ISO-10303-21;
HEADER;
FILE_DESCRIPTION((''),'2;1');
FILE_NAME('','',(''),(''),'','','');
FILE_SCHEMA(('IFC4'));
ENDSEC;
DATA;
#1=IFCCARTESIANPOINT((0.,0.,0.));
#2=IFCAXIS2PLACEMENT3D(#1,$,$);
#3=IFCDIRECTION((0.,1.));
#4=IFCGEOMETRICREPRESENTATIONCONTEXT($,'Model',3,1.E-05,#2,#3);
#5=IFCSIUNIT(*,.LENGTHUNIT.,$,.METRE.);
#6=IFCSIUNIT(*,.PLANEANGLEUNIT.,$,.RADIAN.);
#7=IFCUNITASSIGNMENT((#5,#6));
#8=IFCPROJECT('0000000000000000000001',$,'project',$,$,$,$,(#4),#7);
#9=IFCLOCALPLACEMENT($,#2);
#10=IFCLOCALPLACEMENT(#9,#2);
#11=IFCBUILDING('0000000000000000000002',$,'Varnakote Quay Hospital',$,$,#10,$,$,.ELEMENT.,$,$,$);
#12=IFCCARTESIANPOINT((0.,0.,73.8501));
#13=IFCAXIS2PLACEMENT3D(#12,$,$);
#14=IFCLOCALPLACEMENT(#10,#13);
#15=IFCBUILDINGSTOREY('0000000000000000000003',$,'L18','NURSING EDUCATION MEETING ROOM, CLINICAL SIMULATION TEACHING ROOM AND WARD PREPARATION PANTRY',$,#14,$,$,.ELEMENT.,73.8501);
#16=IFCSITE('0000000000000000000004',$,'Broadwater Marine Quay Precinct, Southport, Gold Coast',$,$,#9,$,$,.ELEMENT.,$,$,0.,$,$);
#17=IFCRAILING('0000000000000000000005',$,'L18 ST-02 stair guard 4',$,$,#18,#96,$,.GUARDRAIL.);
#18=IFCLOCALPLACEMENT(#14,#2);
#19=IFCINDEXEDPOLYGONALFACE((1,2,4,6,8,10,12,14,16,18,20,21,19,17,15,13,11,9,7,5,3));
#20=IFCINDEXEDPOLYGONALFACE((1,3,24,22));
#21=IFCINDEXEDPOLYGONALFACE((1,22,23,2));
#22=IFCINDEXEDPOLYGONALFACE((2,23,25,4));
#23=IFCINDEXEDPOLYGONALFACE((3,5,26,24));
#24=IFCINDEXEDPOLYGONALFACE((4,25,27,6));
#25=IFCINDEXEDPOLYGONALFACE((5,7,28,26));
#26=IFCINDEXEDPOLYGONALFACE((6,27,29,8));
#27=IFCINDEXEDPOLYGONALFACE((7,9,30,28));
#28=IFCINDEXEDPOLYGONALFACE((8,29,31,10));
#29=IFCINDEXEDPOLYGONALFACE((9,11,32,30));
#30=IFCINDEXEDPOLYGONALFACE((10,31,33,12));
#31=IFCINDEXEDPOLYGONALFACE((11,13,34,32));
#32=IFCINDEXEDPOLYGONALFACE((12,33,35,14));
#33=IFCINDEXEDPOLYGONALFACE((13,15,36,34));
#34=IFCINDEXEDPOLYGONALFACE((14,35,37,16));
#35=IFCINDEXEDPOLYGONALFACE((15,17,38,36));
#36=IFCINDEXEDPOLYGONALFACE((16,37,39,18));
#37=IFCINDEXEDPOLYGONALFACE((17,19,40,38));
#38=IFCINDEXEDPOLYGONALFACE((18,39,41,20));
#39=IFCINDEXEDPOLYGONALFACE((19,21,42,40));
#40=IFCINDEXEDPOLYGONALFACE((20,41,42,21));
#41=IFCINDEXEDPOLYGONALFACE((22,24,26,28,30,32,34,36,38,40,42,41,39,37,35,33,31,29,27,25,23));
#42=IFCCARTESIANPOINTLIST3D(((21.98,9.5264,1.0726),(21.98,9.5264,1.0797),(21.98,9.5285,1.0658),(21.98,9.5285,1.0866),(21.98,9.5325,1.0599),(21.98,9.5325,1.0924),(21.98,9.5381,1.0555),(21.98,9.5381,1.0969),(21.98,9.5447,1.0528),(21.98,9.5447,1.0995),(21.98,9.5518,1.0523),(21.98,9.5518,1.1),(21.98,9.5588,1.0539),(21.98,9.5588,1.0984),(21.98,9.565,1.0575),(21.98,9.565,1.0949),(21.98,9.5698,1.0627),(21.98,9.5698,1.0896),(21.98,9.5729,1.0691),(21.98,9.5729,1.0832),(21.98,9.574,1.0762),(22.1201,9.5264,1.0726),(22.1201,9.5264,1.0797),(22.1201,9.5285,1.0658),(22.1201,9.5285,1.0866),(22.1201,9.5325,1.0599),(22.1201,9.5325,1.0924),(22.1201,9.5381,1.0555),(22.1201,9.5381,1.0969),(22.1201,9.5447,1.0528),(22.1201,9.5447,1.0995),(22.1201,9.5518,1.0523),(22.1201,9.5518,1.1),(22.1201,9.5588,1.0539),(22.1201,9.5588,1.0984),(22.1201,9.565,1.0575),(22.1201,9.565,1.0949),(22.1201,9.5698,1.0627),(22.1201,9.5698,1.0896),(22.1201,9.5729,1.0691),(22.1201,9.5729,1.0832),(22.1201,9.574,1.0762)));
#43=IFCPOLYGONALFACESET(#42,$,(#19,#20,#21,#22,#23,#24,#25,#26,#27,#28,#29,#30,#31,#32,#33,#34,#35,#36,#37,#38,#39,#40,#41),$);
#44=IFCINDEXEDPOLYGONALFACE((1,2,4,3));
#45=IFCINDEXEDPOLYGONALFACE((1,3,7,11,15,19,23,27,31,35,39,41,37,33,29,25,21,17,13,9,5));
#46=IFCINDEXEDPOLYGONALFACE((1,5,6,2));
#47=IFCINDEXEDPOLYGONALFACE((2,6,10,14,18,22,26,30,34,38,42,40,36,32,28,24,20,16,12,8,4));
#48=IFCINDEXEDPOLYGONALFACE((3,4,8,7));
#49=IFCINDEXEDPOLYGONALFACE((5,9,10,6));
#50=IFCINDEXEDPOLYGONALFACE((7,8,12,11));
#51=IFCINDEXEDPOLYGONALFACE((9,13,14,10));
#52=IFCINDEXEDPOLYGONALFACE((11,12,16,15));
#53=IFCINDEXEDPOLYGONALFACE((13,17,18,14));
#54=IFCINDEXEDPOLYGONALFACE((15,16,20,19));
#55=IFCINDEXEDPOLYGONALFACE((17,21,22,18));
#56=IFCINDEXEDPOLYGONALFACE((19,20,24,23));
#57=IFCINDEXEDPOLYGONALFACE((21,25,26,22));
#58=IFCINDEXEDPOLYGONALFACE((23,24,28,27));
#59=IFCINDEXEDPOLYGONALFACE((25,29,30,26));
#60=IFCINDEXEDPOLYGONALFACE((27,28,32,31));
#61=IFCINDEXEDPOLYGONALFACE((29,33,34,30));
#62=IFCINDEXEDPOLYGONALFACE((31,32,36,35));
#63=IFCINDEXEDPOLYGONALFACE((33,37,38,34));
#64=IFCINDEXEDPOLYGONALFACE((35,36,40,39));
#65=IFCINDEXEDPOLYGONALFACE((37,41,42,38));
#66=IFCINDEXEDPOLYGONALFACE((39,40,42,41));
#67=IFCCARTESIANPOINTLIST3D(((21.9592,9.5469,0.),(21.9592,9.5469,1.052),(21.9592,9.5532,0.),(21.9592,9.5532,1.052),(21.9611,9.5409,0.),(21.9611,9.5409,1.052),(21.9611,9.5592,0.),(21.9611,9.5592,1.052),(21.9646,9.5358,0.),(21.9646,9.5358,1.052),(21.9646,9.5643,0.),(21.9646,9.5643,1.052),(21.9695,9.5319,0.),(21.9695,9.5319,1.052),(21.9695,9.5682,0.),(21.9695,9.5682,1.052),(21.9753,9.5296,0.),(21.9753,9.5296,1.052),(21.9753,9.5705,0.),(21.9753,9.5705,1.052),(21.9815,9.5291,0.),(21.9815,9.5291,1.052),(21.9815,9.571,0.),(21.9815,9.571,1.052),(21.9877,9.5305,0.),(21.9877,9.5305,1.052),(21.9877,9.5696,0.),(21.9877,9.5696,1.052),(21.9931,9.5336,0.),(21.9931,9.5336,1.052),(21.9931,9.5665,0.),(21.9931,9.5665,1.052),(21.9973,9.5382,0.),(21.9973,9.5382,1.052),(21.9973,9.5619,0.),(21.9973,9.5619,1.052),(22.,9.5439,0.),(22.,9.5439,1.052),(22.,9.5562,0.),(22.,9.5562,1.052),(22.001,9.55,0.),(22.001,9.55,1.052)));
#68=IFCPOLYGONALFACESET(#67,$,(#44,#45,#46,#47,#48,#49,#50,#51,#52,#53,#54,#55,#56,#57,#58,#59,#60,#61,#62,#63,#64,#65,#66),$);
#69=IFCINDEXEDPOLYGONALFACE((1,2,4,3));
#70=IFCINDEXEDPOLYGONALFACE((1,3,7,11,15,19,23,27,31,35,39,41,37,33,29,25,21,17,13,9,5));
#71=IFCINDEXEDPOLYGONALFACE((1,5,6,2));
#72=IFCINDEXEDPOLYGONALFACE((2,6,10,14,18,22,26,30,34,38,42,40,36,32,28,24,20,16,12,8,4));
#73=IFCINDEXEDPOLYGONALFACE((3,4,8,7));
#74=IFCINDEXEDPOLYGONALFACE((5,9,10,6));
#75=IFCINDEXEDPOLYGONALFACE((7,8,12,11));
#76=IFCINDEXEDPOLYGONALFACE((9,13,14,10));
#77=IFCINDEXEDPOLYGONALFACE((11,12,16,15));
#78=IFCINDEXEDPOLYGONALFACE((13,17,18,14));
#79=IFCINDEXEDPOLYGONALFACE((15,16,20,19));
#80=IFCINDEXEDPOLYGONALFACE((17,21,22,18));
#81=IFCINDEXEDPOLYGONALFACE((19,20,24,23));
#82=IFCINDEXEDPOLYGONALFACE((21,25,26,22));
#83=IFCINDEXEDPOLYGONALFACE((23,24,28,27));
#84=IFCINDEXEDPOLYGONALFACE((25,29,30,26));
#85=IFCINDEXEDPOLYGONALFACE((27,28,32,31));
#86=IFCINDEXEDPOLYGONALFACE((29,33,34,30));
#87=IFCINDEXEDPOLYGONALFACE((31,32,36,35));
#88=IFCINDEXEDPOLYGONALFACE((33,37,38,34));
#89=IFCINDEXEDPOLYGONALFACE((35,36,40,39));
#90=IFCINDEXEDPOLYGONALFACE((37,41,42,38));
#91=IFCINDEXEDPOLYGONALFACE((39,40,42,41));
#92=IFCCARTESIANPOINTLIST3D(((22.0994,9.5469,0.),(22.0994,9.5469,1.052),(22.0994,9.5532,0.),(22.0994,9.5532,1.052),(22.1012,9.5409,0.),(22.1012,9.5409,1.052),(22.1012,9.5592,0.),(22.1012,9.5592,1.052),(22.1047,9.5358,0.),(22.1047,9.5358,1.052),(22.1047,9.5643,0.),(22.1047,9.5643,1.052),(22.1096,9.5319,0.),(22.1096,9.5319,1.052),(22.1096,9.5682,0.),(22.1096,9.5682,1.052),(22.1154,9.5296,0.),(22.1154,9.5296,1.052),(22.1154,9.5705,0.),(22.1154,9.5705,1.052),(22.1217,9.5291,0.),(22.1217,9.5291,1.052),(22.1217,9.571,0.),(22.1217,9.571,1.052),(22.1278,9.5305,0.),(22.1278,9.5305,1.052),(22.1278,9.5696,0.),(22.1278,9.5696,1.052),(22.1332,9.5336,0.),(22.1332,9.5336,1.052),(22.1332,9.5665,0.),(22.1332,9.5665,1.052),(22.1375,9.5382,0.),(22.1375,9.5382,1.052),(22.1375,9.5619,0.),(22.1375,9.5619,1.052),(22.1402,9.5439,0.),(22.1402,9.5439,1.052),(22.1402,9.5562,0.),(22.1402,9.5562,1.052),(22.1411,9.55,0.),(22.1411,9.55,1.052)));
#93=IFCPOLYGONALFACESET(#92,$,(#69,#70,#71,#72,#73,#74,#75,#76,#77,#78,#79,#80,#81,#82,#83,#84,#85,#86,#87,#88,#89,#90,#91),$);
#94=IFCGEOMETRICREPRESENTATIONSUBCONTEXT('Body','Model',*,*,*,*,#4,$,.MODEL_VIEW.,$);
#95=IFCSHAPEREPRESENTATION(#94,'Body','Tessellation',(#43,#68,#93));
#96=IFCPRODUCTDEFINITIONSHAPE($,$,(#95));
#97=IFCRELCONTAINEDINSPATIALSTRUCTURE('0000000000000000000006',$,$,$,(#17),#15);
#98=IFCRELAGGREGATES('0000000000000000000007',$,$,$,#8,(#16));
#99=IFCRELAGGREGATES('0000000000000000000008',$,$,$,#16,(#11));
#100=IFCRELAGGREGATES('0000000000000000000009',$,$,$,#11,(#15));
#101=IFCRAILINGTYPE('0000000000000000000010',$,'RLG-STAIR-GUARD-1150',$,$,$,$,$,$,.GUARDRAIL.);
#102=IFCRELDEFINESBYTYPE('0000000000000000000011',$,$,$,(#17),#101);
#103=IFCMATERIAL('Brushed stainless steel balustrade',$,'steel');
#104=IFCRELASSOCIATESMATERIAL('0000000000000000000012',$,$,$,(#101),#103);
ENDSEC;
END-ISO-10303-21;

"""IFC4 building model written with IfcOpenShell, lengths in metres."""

from ifc_helpers import new_model, si_unit, direction, frame, origin, origin_2d, place, context, subcontext, project, spatial, circle, extrude, material, type_object, element, save


model = new_model("IFC4")

# Units and contexts
model_context = context("Model", 3, precision=1e-05, world=origin(), true_north=direction((0.0, 1.0)))
body_context = subcontext(model_context, "Body", "Model", "MODEL_VIEW")
ifc_project = project(units=[si_unit("LENGTHUNIT", "METRE"), si_unit("PLANEANGLEUNIT", "RADIAN")], contexts=[model_context])

# Site, building, storey
site_placement = place(None, origin())
site = spatial("IfcSite", under=ifc_project, at=site_placement, Name="Broadwater Marine Quay Precinct, Southport, Gold Coast", CompositionType="ELEMENT", RefElevation=0.0)
building_placement = place(site_placement, origin())
building = spatial("IfcBuilding", under=site, at=building_placement, Name="Varnakote Quay Hospital", CompositionType="ELEMENT")
storey_placement = place(building_placement, frame((0.0, 0.0, 73.8501)))
storey = spatial("IfcBuildingStorey", under=building, at=storey_placement, Name="L18", Description="NURSING EDUCATION MEETING ROOM, CLINICAL SIMULATION TEACHING ROOM AND WARD PREPARATION PANTRY", CompositionType="ELEMENT", Elevation=73.8501)

# Railing
ifc_material_1 = material(Name="Brushed stainless steel balustrade", Category="steel")
railing_type_1 = type_object("IfcRailingType", Name="RLG-STAIR-GUARD-1150", PredefinedType="GUARDRAIL", material=ifc_material_1)
railing_1_placement = place(storey_placement, frame((21.98, 9.55, 0.0)))
element("IfcRailing", 1, at=railing_1_placement, inside=storey, type_object=railing_type_1, Name="L18 ST-02 stair guard 4", PredefinedType="GUARDRAIL", context=body_context, shape_type="SweptSolid", body=[
    extrude(circle(Radius=0.0239, at=origin_2d()), frame((0.0, 0.0, 1.0762), z_axis=(1.0, 0.0, 0.0), x_axis=(0.0, 1.0, 0.0)), (0.0, 0.0, 1.0), 0.1401),
    extrude(circle(Radius=0.021, at=origin_2d()), origin(), (0.0, 0.0, 1.0), 1.052),
    extrude(circle(Radius=0.021, at=origin_2d()), frame((0.1401, 0.0, 0.0)), (0.0, 0.0, 1.0), 1.052),
])

save(model, "model.ifc")
